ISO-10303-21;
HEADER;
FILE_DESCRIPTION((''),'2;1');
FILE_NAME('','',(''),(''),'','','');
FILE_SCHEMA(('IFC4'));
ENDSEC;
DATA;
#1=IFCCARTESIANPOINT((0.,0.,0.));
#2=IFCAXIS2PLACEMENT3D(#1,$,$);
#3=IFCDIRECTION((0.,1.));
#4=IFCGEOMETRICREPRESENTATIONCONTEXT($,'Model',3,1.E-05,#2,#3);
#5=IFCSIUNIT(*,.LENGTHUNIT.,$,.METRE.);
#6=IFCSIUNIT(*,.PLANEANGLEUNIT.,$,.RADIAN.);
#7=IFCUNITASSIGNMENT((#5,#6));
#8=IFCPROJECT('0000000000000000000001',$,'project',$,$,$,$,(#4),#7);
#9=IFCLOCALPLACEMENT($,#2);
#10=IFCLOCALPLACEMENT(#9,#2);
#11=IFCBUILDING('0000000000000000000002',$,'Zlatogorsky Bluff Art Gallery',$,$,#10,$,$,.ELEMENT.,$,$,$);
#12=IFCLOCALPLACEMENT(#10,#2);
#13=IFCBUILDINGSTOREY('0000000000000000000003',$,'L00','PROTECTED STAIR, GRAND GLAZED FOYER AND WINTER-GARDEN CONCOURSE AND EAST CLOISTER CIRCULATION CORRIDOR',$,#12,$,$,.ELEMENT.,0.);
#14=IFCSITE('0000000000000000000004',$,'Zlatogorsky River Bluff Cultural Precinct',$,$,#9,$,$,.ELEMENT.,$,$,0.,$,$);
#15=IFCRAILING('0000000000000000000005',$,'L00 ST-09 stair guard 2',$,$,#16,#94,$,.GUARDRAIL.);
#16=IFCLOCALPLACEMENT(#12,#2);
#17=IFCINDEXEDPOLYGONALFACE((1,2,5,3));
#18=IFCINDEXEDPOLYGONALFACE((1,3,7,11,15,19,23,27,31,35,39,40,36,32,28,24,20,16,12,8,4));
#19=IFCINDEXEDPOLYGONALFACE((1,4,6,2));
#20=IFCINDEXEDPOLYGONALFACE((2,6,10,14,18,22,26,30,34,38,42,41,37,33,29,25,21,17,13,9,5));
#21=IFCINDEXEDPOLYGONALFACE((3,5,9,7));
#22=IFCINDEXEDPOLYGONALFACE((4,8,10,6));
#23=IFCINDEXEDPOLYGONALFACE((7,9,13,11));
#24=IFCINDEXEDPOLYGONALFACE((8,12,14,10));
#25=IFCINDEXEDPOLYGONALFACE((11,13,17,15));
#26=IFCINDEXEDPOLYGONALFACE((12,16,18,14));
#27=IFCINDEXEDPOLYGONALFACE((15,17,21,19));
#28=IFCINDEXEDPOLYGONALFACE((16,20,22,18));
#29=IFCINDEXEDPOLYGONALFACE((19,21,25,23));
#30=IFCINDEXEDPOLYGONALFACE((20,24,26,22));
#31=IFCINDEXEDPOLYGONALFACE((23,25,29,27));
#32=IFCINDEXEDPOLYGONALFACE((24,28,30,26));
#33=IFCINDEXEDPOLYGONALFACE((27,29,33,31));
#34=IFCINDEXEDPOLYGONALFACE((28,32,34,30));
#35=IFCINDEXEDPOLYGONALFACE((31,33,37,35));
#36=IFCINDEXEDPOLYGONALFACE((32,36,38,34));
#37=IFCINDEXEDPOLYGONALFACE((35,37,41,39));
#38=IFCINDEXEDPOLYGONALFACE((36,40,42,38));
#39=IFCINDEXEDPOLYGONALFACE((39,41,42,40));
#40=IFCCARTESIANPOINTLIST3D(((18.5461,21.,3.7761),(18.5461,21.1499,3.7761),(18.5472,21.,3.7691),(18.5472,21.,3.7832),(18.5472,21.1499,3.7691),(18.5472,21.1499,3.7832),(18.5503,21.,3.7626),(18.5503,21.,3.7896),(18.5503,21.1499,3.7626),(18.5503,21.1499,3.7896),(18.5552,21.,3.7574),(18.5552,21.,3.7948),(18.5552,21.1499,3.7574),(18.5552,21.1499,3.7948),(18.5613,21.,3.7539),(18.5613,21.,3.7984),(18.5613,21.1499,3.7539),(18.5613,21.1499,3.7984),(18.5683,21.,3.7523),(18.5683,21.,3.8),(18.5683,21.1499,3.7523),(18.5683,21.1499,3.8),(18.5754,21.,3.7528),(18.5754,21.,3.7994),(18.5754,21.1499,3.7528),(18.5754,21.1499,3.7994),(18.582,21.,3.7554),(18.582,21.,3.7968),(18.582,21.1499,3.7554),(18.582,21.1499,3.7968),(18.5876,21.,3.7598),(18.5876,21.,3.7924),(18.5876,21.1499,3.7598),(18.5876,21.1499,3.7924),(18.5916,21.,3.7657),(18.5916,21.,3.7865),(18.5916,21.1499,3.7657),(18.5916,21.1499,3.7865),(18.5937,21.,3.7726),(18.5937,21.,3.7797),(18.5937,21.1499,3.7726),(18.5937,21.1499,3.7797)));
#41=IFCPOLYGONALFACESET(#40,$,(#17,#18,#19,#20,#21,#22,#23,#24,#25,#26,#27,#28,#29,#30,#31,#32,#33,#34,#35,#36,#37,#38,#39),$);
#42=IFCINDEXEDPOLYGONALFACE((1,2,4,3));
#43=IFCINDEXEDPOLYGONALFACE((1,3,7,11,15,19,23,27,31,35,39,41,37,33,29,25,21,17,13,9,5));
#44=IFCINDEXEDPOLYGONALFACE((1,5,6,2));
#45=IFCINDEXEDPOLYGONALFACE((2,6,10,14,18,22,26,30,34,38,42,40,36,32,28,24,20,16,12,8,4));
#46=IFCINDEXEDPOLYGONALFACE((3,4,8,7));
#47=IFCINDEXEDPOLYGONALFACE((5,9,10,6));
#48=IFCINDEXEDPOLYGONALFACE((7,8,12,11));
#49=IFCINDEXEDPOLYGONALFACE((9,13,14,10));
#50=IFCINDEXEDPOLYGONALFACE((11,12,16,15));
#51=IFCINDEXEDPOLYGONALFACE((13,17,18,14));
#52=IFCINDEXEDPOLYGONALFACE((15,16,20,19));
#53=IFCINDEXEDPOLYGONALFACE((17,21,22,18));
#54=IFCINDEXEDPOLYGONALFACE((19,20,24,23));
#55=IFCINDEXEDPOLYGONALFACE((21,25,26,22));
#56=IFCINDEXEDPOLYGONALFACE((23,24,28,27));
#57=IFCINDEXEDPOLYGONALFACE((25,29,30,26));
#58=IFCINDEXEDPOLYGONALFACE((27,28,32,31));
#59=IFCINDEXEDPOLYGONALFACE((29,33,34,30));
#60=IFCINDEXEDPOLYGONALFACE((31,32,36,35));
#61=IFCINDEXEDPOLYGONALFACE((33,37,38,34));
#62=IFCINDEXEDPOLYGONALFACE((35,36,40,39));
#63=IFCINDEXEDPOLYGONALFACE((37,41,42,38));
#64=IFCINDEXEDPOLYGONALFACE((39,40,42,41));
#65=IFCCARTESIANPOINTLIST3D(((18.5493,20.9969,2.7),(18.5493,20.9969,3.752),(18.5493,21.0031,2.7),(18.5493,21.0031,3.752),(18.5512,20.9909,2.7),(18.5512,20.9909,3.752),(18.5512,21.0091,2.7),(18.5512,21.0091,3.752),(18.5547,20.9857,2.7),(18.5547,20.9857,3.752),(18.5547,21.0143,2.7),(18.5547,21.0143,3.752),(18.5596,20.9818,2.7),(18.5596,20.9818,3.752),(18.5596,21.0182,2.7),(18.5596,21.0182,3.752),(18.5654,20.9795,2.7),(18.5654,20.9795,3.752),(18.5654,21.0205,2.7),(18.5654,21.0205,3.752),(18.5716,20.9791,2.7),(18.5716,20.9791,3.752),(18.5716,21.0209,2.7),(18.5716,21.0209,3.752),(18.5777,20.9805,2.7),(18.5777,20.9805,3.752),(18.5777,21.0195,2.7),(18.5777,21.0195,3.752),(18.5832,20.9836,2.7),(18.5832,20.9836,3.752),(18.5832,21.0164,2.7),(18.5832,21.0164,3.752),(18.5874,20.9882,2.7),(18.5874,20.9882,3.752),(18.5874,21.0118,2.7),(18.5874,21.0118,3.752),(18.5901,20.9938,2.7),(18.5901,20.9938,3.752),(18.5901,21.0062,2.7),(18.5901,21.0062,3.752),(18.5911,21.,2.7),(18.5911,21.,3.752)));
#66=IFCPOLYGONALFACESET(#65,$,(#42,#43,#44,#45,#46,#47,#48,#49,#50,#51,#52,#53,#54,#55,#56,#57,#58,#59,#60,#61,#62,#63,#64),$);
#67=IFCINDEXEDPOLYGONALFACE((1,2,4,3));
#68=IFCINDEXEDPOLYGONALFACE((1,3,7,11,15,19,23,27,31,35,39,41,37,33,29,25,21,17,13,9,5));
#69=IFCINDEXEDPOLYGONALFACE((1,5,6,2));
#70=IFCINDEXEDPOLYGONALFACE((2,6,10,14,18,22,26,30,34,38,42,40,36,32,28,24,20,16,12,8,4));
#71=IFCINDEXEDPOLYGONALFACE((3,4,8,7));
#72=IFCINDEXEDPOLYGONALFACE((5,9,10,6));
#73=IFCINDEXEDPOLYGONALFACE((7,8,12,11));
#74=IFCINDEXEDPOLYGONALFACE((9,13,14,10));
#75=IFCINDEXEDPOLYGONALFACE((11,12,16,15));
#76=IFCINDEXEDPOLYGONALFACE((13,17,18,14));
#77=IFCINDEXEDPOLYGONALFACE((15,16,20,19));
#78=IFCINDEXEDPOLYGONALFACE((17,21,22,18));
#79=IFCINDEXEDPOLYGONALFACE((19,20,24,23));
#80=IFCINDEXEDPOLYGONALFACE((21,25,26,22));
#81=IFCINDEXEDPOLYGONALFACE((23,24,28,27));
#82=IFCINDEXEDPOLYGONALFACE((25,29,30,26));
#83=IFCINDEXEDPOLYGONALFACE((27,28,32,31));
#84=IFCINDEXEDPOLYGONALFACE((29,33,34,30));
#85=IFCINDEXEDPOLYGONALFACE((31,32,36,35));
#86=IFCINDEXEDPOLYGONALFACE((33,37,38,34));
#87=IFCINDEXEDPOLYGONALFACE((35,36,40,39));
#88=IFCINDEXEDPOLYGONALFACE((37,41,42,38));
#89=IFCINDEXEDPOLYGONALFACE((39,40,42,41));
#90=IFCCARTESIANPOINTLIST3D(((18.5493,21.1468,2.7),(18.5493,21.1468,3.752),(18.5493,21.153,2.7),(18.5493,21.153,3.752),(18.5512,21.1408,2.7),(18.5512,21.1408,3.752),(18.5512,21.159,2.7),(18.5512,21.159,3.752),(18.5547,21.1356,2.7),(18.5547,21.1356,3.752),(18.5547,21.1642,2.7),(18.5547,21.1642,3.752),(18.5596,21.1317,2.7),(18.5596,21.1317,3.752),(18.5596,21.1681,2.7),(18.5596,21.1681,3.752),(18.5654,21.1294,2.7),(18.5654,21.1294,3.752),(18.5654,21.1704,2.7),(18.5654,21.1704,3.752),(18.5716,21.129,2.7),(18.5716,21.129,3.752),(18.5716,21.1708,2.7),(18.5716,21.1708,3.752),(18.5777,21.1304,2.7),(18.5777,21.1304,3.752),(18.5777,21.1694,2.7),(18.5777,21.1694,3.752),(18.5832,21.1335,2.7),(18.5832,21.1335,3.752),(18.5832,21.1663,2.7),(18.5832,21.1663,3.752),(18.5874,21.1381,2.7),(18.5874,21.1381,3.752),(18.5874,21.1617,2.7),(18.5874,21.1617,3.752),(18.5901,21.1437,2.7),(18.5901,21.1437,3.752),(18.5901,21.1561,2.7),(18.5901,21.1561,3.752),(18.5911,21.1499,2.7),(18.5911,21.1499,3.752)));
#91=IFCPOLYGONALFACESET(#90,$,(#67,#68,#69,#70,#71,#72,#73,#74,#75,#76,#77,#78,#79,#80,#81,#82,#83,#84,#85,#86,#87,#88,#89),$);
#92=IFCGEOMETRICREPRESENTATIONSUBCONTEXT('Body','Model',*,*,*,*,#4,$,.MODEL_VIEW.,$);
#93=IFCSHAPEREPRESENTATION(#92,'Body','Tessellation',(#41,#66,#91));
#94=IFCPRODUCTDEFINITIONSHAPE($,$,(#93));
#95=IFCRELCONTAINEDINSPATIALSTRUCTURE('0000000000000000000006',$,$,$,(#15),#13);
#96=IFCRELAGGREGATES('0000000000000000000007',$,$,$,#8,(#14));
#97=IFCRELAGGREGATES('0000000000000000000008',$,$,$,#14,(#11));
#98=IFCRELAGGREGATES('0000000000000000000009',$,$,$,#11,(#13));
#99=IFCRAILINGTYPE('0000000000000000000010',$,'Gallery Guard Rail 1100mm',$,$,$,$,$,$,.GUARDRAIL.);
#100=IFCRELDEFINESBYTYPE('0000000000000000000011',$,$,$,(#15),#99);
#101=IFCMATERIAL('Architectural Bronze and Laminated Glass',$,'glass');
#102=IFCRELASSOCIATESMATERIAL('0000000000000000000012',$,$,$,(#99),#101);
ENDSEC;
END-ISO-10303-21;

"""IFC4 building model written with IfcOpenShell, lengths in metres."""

from ifc_helpers import new_model, si_unit, direction, frame, origin, origin_2d, place, context, subcontext, project, spatial, circle, extrude, material, type_object, element, save


model = new_model("IFC4")

# Units and contexts
model_context = context("Model", 3, precision=1e-05, world=origin(), true_north=direction((0.0, 1.0)))
body_context = subcontext(model_context, "Body", "Model", "MODEL_VIEW")
ifc_project = project(units=[si_unit("LENGTHUNIT", "METRE"), si_unit("PLANEANGLEUNIT", "RADIAN")], contexts=[model_context])

# Site, building, storey
site_placement = place(None, origin())
site = spatial("IfcSite", under=ifc_project, at=site_placement, Name="Zlatogorsky River Bluff Cultural Precinct", CompositionType="ELEMENT", RefElevation=0.0)
building_placement = place(site_placement, origin())
building = spatial("IfcBuilding", under=site, at=building_placement, Name="Zlatogorsky Bluff Art Gallery", CompositionType="ELEMENT")
storey_placement = place(building_placement, origin())
storey = spatial("IfcBuildingStorey", under=building, at=storey_placement, Name="L00", Description="PROTECTED STAIR, GRAND GLAZED FOYER AND WINTER-GARDEN CONCOURSE AND EAST CLOISTER CIRCULATION CORRIDOR", CompositionType="ELEMENT", Elevation=0.0)

# Railing
ifc_material_1 = material(Name="Architectural Bronze and Laminated Glass", Category="glass")
railing_type_1 = type_object("IfcRailingType", Name="Gallery Guard Rail 1100mm", PredefinedType="GUARDRAIL", material=ifc_material_1)
railing_1_placement = place(storey_placement, frame((18.5701, 21.0, 2.7)))
element("IfcRailing", 1, at=railing_1_placement, inside=storey, type_object=railing_type_1, Name="L00 ST-09 stair guard 2", PredefinedType="GUARDRAIL", context=body_context, shape_type="SweptSolid", body=[
    extrude(circle(Radius=0.0239, at=origin_2d()), frame((0.0, 0.0, 1.0762), z_axis=(0.0, 1.0, 0.0), x_axis=(-1.0, 0.0, 0.0)), (0.0, 0.0, 1.0), 0.1499),
    extrude(circle(Radius=0.021, at=origin_2d()), origin(), (0.0, 0.0, 1.0), 1.052),
    extrude(circle(Radius=0.021, at=origin_2d()), frame((0.0, 0.1499, 0.0)), (0.0, 0.0, 1.0), 1.052),
])

save(model, "model.ifc")
